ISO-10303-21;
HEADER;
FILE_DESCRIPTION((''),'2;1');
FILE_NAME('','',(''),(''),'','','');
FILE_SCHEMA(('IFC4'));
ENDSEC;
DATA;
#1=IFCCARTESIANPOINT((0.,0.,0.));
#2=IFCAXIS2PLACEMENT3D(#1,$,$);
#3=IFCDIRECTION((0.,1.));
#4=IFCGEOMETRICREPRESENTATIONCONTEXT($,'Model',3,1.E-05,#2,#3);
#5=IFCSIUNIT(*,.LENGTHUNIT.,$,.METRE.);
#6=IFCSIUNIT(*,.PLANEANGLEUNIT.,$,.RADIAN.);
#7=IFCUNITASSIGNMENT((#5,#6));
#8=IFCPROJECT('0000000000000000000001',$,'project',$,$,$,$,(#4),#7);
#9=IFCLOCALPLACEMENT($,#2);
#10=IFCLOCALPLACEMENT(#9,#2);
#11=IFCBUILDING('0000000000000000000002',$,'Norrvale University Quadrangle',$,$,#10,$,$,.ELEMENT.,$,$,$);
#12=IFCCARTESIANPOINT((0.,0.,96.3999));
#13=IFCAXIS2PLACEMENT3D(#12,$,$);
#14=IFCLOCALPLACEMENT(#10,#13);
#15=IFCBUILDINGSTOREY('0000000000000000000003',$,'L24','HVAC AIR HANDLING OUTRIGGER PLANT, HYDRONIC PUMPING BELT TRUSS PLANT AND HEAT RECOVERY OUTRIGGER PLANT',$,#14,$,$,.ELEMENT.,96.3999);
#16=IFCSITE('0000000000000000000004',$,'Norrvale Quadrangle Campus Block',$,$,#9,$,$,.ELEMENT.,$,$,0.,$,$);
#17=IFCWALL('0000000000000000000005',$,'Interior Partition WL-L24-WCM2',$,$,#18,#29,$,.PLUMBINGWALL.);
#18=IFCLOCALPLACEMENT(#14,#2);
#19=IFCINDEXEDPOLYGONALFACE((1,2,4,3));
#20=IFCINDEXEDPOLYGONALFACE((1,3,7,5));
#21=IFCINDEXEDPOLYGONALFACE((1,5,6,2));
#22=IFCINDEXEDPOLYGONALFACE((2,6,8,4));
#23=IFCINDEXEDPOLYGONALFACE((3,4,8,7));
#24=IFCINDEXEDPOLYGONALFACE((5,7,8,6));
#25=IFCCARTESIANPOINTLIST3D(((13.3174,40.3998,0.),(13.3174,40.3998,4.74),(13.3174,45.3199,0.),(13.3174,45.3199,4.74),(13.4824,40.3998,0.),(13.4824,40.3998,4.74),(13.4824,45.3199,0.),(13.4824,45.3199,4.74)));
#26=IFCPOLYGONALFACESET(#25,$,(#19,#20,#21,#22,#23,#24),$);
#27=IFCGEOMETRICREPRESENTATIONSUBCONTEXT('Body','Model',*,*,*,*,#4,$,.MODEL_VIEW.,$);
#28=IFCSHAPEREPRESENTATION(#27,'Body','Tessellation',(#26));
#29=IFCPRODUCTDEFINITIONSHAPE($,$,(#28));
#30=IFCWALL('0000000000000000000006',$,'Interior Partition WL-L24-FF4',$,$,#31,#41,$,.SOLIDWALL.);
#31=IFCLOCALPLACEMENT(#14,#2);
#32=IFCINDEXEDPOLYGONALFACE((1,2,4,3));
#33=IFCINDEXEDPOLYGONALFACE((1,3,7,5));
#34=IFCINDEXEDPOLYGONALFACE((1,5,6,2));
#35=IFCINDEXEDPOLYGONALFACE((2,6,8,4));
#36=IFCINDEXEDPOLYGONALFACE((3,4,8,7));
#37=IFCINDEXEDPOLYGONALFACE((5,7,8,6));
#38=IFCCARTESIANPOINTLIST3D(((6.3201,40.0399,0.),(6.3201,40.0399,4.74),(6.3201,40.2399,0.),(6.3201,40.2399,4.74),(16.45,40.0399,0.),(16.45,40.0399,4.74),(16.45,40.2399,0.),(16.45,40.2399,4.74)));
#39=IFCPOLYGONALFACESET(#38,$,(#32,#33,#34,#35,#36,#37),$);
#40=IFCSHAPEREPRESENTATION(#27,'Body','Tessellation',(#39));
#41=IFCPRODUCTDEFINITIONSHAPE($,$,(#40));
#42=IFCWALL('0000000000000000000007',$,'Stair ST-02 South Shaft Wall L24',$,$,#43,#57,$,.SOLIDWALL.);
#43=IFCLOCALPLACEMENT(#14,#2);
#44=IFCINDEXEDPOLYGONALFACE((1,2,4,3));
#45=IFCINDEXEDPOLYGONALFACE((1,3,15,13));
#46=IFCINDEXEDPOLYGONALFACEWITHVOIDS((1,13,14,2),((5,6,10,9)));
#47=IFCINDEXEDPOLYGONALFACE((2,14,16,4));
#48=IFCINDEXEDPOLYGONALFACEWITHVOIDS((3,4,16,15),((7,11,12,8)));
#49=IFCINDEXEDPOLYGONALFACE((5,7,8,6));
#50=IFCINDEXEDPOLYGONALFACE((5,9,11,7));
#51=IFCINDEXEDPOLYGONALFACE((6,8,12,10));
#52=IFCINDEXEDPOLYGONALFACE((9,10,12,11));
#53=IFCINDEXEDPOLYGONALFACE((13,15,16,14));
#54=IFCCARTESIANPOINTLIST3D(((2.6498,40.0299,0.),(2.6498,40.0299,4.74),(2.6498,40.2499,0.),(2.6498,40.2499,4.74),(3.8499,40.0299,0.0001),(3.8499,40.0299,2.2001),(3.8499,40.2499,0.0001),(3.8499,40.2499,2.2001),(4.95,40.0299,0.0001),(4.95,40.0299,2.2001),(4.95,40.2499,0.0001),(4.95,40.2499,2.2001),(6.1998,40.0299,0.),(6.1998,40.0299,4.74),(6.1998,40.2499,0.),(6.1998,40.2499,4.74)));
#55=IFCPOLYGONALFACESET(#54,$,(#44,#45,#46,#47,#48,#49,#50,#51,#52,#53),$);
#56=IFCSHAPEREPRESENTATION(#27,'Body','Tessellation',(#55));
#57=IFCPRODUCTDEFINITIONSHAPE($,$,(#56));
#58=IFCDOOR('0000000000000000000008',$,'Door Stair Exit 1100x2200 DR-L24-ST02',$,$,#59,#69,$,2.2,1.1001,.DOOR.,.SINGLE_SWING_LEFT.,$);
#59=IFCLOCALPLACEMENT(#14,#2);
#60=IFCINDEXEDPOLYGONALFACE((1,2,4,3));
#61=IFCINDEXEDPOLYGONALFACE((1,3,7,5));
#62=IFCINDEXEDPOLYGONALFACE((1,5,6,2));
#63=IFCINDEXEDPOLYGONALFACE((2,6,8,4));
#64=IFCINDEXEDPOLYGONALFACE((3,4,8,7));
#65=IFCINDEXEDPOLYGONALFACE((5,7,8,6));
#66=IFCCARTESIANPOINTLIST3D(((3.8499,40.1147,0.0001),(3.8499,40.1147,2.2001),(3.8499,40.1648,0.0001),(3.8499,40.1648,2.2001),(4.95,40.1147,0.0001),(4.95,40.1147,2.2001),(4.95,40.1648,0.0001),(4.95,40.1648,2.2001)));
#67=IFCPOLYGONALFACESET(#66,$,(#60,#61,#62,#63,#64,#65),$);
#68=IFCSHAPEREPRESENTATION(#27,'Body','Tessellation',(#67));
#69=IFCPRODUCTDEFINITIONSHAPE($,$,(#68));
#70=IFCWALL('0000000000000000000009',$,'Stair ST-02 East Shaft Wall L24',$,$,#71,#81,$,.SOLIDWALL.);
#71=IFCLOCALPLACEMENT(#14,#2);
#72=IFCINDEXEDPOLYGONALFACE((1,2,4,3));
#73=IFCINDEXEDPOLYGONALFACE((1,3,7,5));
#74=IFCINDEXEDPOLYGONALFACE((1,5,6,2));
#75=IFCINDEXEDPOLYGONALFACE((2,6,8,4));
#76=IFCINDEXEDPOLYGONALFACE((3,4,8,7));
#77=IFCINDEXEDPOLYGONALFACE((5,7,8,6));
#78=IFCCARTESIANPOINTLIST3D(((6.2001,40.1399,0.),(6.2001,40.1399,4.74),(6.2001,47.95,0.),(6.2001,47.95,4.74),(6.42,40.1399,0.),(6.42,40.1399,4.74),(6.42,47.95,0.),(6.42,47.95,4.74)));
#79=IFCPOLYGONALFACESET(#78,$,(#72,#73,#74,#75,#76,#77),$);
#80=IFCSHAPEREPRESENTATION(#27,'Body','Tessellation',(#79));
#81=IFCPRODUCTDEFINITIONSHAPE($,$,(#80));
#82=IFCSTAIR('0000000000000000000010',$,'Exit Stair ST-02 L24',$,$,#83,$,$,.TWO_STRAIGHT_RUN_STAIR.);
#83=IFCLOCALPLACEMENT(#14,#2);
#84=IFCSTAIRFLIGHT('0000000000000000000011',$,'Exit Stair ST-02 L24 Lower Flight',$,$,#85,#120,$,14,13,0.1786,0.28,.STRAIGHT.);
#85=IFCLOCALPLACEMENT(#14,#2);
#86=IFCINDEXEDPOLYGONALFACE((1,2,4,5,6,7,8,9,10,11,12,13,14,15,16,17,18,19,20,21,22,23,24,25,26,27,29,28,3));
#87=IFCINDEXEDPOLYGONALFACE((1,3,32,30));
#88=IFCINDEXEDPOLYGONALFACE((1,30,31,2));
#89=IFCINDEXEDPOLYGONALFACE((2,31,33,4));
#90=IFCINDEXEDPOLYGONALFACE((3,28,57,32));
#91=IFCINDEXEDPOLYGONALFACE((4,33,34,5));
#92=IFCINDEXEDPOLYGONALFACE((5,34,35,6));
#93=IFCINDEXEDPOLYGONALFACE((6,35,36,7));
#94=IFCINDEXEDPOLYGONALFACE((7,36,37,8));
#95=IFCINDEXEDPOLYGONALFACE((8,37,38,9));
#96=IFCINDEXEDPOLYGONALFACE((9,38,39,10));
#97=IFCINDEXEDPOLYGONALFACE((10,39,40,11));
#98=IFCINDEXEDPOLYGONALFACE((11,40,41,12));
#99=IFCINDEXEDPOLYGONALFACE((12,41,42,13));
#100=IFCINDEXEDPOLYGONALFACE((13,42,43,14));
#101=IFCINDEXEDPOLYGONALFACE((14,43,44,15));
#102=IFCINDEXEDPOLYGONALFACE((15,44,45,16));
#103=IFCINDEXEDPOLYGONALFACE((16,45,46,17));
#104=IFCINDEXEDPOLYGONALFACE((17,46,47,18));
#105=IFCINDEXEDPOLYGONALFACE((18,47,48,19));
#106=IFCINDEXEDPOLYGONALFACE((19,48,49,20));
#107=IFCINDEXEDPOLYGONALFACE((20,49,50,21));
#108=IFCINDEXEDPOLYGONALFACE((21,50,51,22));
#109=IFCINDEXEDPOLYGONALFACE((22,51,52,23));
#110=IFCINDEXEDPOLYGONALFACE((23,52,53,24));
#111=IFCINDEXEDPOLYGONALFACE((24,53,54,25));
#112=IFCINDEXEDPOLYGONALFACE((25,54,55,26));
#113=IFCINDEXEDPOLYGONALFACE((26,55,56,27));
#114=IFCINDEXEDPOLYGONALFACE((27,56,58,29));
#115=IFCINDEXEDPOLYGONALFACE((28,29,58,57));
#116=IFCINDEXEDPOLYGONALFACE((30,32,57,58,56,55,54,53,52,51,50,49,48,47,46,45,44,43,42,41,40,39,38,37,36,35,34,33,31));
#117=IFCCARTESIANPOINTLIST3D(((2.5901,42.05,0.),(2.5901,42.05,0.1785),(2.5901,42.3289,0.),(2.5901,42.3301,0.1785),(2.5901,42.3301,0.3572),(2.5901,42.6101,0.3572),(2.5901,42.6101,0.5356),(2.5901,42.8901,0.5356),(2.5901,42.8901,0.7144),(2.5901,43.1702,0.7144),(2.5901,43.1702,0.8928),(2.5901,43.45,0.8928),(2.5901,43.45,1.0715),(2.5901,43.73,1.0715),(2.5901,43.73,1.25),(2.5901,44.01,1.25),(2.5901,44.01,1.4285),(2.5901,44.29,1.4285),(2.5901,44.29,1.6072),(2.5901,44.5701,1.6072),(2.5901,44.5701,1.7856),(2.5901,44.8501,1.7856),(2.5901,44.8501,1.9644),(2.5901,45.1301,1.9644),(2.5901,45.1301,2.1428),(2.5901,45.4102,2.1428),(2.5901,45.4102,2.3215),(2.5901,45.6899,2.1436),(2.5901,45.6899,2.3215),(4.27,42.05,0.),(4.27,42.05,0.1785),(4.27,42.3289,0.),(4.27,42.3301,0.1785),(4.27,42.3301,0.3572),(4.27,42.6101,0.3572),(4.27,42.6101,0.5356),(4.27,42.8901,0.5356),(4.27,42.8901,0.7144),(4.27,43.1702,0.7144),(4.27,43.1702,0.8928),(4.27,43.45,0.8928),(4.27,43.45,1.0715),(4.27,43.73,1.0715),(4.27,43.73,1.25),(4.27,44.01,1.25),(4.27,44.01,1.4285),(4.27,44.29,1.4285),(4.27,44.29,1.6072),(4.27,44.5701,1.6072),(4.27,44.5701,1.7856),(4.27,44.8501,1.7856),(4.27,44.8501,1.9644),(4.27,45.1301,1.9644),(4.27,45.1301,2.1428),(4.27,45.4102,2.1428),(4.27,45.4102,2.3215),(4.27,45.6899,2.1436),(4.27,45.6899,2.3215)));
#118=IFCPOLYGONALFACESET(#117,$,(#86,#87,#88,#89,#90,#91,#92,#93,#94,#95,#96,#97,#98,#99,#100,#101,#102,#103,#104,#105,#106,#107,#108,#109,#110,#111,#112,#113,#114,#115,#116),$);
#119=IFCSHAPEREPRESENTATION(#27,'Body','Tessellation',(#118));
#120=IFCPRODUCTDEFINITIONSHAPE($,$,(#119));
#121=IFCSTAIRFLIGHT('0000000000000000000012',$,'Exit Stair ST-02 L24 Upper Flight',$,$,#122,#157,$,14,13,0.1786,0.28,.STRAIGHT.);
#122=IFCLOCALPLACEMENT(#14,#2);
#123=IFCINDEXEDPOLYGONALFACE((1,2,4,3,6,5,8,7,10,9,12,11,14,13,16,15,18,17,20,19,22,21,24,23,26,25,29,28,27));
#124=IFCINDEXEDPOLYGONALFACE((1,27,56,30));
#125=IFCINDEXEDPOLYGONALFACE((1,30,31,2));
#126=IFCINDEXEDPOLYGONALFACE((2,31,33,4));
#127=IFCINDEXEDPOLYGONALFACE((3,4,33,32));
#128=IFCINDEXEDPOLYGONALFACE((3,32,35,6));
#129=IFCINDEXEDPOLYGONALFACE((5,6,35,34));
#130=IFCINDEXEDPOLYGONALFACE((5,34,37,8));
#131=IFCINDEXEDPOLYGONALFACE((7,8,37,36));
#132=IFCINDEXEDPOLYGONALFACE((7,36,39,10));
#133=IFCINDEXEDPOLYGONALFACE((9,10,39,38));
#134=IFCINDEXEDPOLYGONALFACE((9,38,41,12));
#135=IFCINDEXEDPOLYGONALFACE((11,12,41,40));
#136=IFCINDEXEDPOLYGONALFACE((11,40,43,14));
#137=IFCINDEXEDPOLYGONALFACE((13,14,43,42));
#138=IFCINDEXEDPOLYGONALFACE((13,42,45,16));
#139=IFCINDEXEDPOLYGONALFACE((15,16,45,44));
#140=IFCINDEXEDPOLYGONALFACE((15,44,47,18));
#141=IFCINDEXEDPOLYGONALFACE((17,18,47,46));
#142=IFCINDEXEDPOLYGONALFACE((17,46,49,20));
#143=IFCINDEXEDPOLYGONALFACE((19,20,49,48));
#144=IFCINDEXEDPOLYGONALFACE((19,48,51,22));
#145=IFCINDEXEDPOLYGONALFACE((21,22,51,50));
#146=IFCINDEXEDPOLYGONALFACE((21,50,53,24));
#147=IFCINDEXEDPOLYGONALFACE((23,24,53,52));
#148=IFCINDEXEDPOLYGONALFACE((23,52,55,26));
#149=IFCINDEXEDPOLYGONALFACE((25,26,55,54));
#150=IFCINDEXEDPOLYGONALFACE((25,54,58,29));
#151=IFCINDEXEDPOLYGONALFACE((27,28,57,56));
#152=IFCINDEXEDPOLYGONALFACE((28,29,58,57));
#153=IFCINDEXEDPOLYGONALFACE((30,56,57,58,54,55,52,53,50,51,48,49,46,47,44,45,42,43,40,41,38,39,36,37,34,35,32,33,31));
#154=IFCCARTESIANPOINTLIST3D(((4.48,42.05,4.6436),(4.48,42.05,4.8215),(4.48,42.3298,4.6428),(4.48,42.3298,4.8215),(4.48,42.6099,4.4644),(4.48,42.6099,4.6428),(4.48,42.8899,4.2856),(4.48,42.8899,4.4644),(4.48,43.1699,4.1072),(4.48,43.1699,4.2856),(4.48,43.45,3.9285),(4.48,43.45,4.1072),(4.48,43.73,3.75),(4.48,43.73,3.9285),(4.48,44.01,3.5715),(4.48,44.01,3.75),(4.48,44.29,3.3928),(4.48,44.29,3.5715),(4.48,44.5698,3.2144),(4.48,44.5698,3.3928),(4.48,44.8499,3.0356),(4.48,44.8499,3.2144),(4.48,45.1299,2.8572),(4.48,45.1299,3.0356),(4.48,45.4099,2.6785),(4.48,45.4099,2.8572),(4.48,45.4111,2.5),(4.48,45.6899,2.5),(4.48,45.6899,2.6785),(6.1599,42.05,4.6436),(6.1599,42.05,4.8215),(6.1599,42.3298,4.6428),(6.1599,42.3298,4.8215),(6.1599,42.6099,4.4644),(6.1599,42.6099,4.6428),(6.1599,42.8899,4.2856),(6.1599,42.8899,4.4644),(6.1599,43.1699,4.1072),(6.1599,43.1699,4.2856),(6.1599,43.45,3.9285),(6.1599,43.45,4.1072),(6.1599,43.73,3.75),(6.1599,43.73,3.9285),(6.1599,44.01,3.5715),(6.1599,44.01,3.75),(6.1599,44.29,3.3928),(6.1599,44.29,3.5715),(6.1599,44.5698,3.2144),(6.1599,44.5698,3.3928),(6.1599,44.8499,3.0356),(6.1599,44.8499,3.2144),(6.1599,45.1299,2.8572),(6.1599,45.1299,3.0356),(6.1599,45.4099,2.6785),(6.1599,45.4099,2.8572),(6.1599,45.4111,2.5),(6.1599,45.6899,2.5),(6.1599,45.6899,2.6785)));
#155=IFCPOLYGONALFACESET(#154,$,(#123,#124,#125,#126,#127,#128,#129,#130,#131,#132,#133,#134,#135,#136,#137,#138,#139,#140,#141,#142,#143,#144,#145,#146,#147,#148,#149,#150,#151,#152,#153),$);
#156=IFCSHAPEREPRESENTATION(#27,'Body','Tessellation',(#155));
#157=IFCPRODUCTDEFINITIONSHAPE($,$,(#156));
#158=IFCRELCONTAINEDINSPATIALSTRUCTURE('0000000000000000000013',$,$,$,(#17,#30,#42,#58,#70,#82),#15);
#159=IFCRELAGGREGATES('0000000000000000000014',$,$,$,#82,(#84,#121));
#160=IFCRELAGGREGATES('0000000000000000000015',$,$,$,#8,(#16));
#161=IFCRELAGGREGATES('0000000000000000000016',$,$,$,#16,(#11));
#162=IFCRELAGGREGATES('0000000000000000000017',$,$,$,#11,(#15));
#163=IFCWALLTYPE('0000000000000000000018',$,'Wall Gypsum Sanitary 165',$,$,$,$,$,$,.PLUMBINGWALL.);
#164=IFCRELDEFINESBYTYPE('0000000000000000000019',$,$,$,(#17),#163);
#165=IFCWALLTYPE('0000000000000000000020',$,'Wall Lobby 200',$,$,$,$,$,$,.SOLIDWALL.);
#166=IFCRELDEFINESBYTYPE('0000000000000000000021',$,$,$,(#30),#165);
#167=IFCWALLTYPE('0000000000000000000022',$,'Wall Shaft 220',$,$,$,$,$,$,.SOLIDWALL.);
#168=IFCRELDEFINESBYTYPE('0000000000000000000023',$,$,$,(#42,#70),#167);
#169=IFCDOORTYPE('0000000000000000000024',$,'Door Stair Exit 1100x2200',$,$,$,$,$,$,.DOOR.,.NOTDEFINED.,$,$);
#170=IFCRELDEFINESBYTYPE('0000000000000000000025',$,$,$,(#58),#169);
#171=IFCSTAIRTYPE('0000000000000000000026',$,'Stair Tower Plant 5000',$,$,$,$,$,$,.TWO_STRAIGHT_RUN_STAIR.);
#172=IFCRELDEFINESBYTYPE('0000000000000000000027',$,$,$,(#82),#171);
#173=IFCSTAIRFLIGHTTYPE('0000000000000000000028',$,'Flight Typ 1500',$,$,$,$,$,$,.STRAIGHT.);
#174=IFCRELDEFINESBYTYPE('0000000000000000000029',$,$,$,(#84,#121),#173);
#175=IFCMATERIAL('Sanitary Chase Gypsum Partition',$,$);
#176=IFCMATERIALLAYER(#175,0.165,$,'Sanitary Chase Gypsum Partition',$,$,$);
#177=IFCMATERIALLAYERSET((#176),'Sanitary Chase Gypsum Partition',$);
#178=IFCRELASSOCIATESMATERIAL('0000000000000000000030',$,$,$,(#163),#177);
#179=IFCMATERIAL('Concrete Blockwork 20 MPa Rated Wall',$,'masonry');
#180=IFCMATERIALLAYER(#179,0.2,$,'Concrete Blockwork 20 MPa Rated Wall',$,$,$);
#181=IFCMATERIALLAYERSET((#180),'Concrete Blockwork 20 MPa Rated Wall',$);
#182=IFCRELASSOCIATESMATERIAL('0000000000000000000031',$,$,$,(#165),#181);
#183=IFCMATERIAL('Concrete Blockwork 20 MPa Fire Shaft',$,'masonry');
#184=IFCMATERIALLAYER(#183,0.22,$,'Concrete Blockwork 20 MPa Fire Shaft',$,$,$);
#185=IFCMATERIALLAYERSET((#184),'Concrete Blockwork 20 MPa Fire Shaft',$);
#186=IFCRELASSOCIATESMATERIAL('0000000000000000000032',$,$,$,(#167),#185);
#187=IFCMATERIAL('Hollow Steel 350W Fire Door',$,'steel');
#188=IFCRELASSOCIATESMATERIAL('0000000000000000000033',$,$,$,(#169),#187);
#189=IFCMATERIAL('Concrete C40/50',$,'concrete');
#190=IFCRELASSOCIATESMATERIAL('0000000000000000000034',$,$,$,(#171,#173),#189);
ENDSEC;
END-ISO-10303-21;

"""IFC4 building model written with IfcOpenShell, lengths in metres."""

from ifc_helpers import new_model, si_unit, direction, frame, frame_2d, origin, place, context, subcontext, project, spatial, polyline, rectangle, outline, extrude, material, layer, layer_set, type_object, element, fill, aggregate, save


model = new_model("IFC4")

# Units and contexts
model_context = context("Model", 3, precision=1e-05, world=origin(), true_north=direction((0.0, 1.0)))
body_context = subcontext(model_context, "Body", "Model", "MODEL_VIEW")
ifc_project = project(units=[si_unit("LENGTHUNIT", "METRE"), si_unit("PLANEANGLEUNIT", "RADIAN")], contexts=[model_context])

# Site, building, storey
site_placement = place(None, origin())
site = spatial("IfcSite", under=ifc_project, at=site_placement, Name="Norrvale Quadrangle Campus Block", CompositionType="ELEMENT", RefElevation=0.0)
building_placement = place(site_placement, origin())
building = spatial("IfcBuilding", under=site, at=building_placement, Name="Norrvale University Quadrangle", CompositionType="ELEMENT")
storey_placement = place(building_placement, frame((0.0, 0.0, 96.3999)))
storey = spatial("IfcBuildingStorey", under=building, at=storey_placement, Name="L24", Description="HVAC AIR HANDLING OUTRIGGER PLANT, HYDRONIC PUMPING BELT TRUSS PLANT AND HEAT RECOVERY OUTRIGGER PLANT", CompositionType="ELEMENT", Elevation=96.3999)

# Shared definitions
ifc_material_1 = material(Name="Sanitary Chase Gypsum Partition")
ifc_layer_1 = layer(ifc_material_1, 0.165, Name="Sanitary Chase Gypsum Partition")
ifc_layer_set_1 = layer_set([ifc_layer_1], Name="Sanitary Chase Gypsum Partition")
wall_type_1 = type_object("IfcWallType", Name="Wall Gypsum Sanitary 165", PredefinedType="PLUMBINGWALL", material=ifc_layer_set_1)

# Walls
for number, where, z_axis, x_axis, name in (
    (1, (13.3999, 40.3999, 0.0), (0.0, 0.0, 1.0), (0.0, 1.0, 0.0), "Interior Partition WL-L24-WCM2"),
):
    element("IfcWall", number, at=place(storey_placement, frame(where, z_axis=z_axis, x_axis=x_axis)), inside=storey, type_object=wall_type_1, Name=name, PredefinedType="PLUMBINGWALL", context=body_context, shape_type="SweptSolid", body=[
        extrude(rectangle(XDim=4.9202, YDim=0.165, at=frame_2d((2.46, 0.0))), origin(), (0.0, 0.0, 1.0), 4.74),
    ])
ifc_material_2 = material(Name="Concrete Blockwork 20 MPa Rated Wall", Category="masonry")
ifc_layer_2 = layer(ifc_material_2, 0.2, Name="Concrete Blockwork 20 MPa Rated Wall")
ifc_layer_set_2 = layer_set([ifc_layer_2], Name="Concrete Blockwork 20 MPa Rated Wall")
wall_type_2 = type_object("IfcWallType", Name="Wall Lobby 200", PredefinedType="SOLIDWALL", material=ifc_layer_set_2)
wall_1_placement = place(storey_placement, frame((6.3201, 40.1399, 0.0), z_axis=(0.0, 0.0, 1.0), x_axis=(1.0, 0.0, 0.0)))
element("IfcWall", 2, at=wall_1_placement, inside=storey, type_object=wall_type_2, Name="Interior Partition WL-L24-FF4", PredefinedType="SOLIDWALL", context=body_context, shape_type="SweptSolid", body=[
    extrude(rectangle(XDim=10.1299, YDim=0.2, at=frame_2d((5.0649, 0.0))), origin(), (0.0, 0.0, 1.0), 4.74),
])

# Wall, opening, door
ifc_material_3 = material(Name="Concrete Blockwork 20 MPa Fire Shaft", Category="masonry")
ifc_layer_3 = layer(ifc_material_3, 0.22, Name="Concrete Blockwork 20 MPa Fire Shaft")
ifc_layer_set_3 = layer_set([ifc_layer_3], Name="Concrete Blockwork 20 MPa Fire Shaft")
wall_type_3 = type_object("IfcWallType", Name="Wall Shaft 220", PredefinedType="SOLIDWALL", material=ifc_layer_set_3)
wall_2_placement = place(storey_placement, frame((2.6499, 40.1399, 0.0), z_axis=(0.0, 0.0, 1.0), x_axis=(1.0, 0.0, 0.0)))
wall_2 = element("IfcWall", 3, at=wall_2_placement, inside=storey, type_object=wall_type_3, Name="Stair ST-02 South Shaft Wall L24", PredefinedType="SOLIDWALL", context=body_context, shape_type="SweptSolid", body=[
    extrude(rectangle(XDim=3.55, YDim=0.22, at=frame_2d((1.7749, 0.0))), origin(), (0.0, 0.0, 1.0), 4.74),
])
opening_1_placement = place(wall_2_placement, frame((1.2, 0.0, 0.0)))
opening_1 = element("IfcOpeningElement", 4, at=opening_1_placement, cuts=wall_2, PredefinedType="OPENING", context=body_context, shape_type="SweptSolid", body=[
    extrude(rectangle(XDim=1.1001, YDim=2.2, at=frame_2d((0.55, 1.1001))), frame((0.0, 0.1221, 0.0), z_axis=(0.0, -1.0, 0.0), x_axis=(1.0, 0.0, 0.0)), (0.0, 0.0, 1.0), 0.2439),
])
ifc_material_4 = material(Name="Hollow Steel 350W Fire Door", Category="steel")
door_type_1 = type_object("IfcDoorType", Name="Door Stair Exit 1100x2200", OperationType="NOTDEFINED", PredefinedType="DOOR", material=ifc_material_4)
door_1_placement = place(opening_1_placement, origin())
door_1 = element("IfcDoor", 5, at=door_1_placement, inside=storey, type_object=door_type_1, Name="Door Stair Exit 1100x2200 DR-L24-ST02", OperationType="SINGLE_SWING_LEFT", OverallHeight=2.2, OverallWidth=1.1001, PredefinedType="DOOR", context=body_context, shape_type="SweptSolid", body=[
    extrude(rectangle(XDim=1.1001, YDim=2.2, at=frame_2d((0.55, 1.1001))), frame((0.0, 0.0249, 0.0), z_axis=(0.0, -1.0, 0.0), x_axis=(1.0, 0.0, 0.0)), (0.0, 0.0, 1.0), 0.05),
])
fill(opening_1, door_1)

# Wall
wall_3_placement = place(storey_placement, frame((6.3101, 40.1399, 0.0), z_axis=(0.0, 0.0, 1.0), x_axis=(0.0, 1.0, 0.0)))
element("IfcWall", 6, at=wall_3_placement, inside=storey, type_object=wall_type_3, Name="Stair ST-02 East Shaft Wall L24", PredefinedType="SOLIDWALL", context=body_context, shape_type="SweptSolid", body=[
    extrude(rectangle(XDim=7.8101, YDim=0.22, at=frame_2d((3.905, 0.0))), origin(), (0.0, 0.0, 1.0), 4.74),
])

# Stair, stair flights
ifc_material_5 = material(Name="Concrete C40/50", Category="concrete")
stair_type = type_object("IfcStairType", Name="Stair Tower Plant 5000", PredefinedType="TWO_STRAIGHT_RUN_STAIR", material=ifc_material_5)
stair_placement = place(storey_placement, origin())
stair = element("IfcStair", 7, at=stair_placement, inside=storey, type_object=stair_type, Name="Exit Stair ST-02 L24", PredefinedType="TWO_STRAIGHT_RUN_STAIR")
stair_flight_type = type_object("IfcStairFlightType", Name="Flight Typ 1500", PredefinedType="STRAIGHT", material=ifc_material_5)
stair_flight_1_placement = place(storey_placement, frame((3.4299, 42.05, 0.0), z_axis=(0.0, 0.0, 1.0), x_axis=(0.0, 1.0, 0.0)))
stair_flight_1 = element("IfcStairFlight", 8, at=stair_flight_1_placement, type_object=stair_flight_type, Name="Exit Stair ST-02 L24 Lower Flight", NumberOfRisers=14, NumberOfTreads=13, PredefinedType="STRAIGHT", RiserHeight=0.1786, TreadLength=0.28, context=body_context, shape_type="SweptSolid", body=[
    extrude(outline(polyline([(0.0, 0.0), (0.0, 0.1785), (0.28, 0.1785), (0.28, 0.3572), (0.5601, 0.3572), (0.5601, 0.5356), (0.8401, 0.5356), (0.8401, 0.7144), (1.1201, 0.7144), (1.1201, 0.8928), (1.3999, 0.8928), (1.3999, 1.0715), (1.6799, 1.0715), (1.6799, 1.25), (1.96, 1.25), (1.96, 1.4285), (2.24, 1.4285), (2.24, 1.6072), (2.52, 1.6072), (2.52, 1.7856), (2.8, 1.7856), (2.8, 1.9644), (3.0801, 1.9644), (3.0801, 2.1428), (3.3601, 2.1428), (3.3601, 2.3215), (3.6399, 2.3215), (3.6399, 2.5), (3.6399, 2.1436), (0.2788, 0.0), (0.0, 0.0)])), frame((0.0, 0.8398, 0.0), z_axis=(0.0, -1.0, 0.0), x_axis=(1.0, 0.0, 0.0)), (0.0, 0.0, 1.0), 1.6799),
])
stair_flight_2_placement = place(storey_placement, frame((5.3201, 45.6899, 2.5), z_axis=(0.0, 0.0, 1.0), x_axis=(0.0, -1.0, 0.0)))
stair_flight_2 = element("IfcStairFlight", 9, at=stair_flight_2_placement, type_object=stair_flight_type, Name="Exit Stair ST-02 L24 Upper Flight", NumberOfRisers=14, NumberOfTreads=13, PredefinedType="STRAIGHT", RiserHeight=0.1786, TreadLength=0.28, context=body_context, shape_type="SweptSolid", body=[
    extrude(outline(polyline([(0.0, 0.0), (0.0, 0.1785), (0.28, 0.1785), (0.28, 0.3572), (0.5601, 0.3572), (0.5601, 0.5356), (0.8401, 0.5356), (0.8401, 0.7144), (1.1201, 0.7144), (1.1201, 0.8928), (1.3999, 0.8928), (1.3999, 1.0715), (1.6799, 1.0715), (1.6799, 1.25), (1.96, 1.25), (1.96, 1.4285), (2.24, 1.4285), (2.24, 1.6072), (2.52, 1.6072), (2.52, 1.7856), (2.8, 1.7856), (2.8, 1.9644), (3.0801, 1.9644), (3.0801, 2.1428), (3.3601, 2.1428), (3.3601, 2.3215), (3.6399, 2.3215), (3.6399, 2.5), (3.6399, 2.1436), (0.2788, 0.0), (0.0, 0.0)])), frame((0.0, 0.8398, 0.0), z_axis=(0.0, -1.0, 0.0), x_axis=(1.0, 0.0, 0.0)), (0.0, 0.0, 1.0), 1.6799),
])
aggregate(stair, [stair_flight_1, stair_flight_2])

save(model, "model.ifc")
